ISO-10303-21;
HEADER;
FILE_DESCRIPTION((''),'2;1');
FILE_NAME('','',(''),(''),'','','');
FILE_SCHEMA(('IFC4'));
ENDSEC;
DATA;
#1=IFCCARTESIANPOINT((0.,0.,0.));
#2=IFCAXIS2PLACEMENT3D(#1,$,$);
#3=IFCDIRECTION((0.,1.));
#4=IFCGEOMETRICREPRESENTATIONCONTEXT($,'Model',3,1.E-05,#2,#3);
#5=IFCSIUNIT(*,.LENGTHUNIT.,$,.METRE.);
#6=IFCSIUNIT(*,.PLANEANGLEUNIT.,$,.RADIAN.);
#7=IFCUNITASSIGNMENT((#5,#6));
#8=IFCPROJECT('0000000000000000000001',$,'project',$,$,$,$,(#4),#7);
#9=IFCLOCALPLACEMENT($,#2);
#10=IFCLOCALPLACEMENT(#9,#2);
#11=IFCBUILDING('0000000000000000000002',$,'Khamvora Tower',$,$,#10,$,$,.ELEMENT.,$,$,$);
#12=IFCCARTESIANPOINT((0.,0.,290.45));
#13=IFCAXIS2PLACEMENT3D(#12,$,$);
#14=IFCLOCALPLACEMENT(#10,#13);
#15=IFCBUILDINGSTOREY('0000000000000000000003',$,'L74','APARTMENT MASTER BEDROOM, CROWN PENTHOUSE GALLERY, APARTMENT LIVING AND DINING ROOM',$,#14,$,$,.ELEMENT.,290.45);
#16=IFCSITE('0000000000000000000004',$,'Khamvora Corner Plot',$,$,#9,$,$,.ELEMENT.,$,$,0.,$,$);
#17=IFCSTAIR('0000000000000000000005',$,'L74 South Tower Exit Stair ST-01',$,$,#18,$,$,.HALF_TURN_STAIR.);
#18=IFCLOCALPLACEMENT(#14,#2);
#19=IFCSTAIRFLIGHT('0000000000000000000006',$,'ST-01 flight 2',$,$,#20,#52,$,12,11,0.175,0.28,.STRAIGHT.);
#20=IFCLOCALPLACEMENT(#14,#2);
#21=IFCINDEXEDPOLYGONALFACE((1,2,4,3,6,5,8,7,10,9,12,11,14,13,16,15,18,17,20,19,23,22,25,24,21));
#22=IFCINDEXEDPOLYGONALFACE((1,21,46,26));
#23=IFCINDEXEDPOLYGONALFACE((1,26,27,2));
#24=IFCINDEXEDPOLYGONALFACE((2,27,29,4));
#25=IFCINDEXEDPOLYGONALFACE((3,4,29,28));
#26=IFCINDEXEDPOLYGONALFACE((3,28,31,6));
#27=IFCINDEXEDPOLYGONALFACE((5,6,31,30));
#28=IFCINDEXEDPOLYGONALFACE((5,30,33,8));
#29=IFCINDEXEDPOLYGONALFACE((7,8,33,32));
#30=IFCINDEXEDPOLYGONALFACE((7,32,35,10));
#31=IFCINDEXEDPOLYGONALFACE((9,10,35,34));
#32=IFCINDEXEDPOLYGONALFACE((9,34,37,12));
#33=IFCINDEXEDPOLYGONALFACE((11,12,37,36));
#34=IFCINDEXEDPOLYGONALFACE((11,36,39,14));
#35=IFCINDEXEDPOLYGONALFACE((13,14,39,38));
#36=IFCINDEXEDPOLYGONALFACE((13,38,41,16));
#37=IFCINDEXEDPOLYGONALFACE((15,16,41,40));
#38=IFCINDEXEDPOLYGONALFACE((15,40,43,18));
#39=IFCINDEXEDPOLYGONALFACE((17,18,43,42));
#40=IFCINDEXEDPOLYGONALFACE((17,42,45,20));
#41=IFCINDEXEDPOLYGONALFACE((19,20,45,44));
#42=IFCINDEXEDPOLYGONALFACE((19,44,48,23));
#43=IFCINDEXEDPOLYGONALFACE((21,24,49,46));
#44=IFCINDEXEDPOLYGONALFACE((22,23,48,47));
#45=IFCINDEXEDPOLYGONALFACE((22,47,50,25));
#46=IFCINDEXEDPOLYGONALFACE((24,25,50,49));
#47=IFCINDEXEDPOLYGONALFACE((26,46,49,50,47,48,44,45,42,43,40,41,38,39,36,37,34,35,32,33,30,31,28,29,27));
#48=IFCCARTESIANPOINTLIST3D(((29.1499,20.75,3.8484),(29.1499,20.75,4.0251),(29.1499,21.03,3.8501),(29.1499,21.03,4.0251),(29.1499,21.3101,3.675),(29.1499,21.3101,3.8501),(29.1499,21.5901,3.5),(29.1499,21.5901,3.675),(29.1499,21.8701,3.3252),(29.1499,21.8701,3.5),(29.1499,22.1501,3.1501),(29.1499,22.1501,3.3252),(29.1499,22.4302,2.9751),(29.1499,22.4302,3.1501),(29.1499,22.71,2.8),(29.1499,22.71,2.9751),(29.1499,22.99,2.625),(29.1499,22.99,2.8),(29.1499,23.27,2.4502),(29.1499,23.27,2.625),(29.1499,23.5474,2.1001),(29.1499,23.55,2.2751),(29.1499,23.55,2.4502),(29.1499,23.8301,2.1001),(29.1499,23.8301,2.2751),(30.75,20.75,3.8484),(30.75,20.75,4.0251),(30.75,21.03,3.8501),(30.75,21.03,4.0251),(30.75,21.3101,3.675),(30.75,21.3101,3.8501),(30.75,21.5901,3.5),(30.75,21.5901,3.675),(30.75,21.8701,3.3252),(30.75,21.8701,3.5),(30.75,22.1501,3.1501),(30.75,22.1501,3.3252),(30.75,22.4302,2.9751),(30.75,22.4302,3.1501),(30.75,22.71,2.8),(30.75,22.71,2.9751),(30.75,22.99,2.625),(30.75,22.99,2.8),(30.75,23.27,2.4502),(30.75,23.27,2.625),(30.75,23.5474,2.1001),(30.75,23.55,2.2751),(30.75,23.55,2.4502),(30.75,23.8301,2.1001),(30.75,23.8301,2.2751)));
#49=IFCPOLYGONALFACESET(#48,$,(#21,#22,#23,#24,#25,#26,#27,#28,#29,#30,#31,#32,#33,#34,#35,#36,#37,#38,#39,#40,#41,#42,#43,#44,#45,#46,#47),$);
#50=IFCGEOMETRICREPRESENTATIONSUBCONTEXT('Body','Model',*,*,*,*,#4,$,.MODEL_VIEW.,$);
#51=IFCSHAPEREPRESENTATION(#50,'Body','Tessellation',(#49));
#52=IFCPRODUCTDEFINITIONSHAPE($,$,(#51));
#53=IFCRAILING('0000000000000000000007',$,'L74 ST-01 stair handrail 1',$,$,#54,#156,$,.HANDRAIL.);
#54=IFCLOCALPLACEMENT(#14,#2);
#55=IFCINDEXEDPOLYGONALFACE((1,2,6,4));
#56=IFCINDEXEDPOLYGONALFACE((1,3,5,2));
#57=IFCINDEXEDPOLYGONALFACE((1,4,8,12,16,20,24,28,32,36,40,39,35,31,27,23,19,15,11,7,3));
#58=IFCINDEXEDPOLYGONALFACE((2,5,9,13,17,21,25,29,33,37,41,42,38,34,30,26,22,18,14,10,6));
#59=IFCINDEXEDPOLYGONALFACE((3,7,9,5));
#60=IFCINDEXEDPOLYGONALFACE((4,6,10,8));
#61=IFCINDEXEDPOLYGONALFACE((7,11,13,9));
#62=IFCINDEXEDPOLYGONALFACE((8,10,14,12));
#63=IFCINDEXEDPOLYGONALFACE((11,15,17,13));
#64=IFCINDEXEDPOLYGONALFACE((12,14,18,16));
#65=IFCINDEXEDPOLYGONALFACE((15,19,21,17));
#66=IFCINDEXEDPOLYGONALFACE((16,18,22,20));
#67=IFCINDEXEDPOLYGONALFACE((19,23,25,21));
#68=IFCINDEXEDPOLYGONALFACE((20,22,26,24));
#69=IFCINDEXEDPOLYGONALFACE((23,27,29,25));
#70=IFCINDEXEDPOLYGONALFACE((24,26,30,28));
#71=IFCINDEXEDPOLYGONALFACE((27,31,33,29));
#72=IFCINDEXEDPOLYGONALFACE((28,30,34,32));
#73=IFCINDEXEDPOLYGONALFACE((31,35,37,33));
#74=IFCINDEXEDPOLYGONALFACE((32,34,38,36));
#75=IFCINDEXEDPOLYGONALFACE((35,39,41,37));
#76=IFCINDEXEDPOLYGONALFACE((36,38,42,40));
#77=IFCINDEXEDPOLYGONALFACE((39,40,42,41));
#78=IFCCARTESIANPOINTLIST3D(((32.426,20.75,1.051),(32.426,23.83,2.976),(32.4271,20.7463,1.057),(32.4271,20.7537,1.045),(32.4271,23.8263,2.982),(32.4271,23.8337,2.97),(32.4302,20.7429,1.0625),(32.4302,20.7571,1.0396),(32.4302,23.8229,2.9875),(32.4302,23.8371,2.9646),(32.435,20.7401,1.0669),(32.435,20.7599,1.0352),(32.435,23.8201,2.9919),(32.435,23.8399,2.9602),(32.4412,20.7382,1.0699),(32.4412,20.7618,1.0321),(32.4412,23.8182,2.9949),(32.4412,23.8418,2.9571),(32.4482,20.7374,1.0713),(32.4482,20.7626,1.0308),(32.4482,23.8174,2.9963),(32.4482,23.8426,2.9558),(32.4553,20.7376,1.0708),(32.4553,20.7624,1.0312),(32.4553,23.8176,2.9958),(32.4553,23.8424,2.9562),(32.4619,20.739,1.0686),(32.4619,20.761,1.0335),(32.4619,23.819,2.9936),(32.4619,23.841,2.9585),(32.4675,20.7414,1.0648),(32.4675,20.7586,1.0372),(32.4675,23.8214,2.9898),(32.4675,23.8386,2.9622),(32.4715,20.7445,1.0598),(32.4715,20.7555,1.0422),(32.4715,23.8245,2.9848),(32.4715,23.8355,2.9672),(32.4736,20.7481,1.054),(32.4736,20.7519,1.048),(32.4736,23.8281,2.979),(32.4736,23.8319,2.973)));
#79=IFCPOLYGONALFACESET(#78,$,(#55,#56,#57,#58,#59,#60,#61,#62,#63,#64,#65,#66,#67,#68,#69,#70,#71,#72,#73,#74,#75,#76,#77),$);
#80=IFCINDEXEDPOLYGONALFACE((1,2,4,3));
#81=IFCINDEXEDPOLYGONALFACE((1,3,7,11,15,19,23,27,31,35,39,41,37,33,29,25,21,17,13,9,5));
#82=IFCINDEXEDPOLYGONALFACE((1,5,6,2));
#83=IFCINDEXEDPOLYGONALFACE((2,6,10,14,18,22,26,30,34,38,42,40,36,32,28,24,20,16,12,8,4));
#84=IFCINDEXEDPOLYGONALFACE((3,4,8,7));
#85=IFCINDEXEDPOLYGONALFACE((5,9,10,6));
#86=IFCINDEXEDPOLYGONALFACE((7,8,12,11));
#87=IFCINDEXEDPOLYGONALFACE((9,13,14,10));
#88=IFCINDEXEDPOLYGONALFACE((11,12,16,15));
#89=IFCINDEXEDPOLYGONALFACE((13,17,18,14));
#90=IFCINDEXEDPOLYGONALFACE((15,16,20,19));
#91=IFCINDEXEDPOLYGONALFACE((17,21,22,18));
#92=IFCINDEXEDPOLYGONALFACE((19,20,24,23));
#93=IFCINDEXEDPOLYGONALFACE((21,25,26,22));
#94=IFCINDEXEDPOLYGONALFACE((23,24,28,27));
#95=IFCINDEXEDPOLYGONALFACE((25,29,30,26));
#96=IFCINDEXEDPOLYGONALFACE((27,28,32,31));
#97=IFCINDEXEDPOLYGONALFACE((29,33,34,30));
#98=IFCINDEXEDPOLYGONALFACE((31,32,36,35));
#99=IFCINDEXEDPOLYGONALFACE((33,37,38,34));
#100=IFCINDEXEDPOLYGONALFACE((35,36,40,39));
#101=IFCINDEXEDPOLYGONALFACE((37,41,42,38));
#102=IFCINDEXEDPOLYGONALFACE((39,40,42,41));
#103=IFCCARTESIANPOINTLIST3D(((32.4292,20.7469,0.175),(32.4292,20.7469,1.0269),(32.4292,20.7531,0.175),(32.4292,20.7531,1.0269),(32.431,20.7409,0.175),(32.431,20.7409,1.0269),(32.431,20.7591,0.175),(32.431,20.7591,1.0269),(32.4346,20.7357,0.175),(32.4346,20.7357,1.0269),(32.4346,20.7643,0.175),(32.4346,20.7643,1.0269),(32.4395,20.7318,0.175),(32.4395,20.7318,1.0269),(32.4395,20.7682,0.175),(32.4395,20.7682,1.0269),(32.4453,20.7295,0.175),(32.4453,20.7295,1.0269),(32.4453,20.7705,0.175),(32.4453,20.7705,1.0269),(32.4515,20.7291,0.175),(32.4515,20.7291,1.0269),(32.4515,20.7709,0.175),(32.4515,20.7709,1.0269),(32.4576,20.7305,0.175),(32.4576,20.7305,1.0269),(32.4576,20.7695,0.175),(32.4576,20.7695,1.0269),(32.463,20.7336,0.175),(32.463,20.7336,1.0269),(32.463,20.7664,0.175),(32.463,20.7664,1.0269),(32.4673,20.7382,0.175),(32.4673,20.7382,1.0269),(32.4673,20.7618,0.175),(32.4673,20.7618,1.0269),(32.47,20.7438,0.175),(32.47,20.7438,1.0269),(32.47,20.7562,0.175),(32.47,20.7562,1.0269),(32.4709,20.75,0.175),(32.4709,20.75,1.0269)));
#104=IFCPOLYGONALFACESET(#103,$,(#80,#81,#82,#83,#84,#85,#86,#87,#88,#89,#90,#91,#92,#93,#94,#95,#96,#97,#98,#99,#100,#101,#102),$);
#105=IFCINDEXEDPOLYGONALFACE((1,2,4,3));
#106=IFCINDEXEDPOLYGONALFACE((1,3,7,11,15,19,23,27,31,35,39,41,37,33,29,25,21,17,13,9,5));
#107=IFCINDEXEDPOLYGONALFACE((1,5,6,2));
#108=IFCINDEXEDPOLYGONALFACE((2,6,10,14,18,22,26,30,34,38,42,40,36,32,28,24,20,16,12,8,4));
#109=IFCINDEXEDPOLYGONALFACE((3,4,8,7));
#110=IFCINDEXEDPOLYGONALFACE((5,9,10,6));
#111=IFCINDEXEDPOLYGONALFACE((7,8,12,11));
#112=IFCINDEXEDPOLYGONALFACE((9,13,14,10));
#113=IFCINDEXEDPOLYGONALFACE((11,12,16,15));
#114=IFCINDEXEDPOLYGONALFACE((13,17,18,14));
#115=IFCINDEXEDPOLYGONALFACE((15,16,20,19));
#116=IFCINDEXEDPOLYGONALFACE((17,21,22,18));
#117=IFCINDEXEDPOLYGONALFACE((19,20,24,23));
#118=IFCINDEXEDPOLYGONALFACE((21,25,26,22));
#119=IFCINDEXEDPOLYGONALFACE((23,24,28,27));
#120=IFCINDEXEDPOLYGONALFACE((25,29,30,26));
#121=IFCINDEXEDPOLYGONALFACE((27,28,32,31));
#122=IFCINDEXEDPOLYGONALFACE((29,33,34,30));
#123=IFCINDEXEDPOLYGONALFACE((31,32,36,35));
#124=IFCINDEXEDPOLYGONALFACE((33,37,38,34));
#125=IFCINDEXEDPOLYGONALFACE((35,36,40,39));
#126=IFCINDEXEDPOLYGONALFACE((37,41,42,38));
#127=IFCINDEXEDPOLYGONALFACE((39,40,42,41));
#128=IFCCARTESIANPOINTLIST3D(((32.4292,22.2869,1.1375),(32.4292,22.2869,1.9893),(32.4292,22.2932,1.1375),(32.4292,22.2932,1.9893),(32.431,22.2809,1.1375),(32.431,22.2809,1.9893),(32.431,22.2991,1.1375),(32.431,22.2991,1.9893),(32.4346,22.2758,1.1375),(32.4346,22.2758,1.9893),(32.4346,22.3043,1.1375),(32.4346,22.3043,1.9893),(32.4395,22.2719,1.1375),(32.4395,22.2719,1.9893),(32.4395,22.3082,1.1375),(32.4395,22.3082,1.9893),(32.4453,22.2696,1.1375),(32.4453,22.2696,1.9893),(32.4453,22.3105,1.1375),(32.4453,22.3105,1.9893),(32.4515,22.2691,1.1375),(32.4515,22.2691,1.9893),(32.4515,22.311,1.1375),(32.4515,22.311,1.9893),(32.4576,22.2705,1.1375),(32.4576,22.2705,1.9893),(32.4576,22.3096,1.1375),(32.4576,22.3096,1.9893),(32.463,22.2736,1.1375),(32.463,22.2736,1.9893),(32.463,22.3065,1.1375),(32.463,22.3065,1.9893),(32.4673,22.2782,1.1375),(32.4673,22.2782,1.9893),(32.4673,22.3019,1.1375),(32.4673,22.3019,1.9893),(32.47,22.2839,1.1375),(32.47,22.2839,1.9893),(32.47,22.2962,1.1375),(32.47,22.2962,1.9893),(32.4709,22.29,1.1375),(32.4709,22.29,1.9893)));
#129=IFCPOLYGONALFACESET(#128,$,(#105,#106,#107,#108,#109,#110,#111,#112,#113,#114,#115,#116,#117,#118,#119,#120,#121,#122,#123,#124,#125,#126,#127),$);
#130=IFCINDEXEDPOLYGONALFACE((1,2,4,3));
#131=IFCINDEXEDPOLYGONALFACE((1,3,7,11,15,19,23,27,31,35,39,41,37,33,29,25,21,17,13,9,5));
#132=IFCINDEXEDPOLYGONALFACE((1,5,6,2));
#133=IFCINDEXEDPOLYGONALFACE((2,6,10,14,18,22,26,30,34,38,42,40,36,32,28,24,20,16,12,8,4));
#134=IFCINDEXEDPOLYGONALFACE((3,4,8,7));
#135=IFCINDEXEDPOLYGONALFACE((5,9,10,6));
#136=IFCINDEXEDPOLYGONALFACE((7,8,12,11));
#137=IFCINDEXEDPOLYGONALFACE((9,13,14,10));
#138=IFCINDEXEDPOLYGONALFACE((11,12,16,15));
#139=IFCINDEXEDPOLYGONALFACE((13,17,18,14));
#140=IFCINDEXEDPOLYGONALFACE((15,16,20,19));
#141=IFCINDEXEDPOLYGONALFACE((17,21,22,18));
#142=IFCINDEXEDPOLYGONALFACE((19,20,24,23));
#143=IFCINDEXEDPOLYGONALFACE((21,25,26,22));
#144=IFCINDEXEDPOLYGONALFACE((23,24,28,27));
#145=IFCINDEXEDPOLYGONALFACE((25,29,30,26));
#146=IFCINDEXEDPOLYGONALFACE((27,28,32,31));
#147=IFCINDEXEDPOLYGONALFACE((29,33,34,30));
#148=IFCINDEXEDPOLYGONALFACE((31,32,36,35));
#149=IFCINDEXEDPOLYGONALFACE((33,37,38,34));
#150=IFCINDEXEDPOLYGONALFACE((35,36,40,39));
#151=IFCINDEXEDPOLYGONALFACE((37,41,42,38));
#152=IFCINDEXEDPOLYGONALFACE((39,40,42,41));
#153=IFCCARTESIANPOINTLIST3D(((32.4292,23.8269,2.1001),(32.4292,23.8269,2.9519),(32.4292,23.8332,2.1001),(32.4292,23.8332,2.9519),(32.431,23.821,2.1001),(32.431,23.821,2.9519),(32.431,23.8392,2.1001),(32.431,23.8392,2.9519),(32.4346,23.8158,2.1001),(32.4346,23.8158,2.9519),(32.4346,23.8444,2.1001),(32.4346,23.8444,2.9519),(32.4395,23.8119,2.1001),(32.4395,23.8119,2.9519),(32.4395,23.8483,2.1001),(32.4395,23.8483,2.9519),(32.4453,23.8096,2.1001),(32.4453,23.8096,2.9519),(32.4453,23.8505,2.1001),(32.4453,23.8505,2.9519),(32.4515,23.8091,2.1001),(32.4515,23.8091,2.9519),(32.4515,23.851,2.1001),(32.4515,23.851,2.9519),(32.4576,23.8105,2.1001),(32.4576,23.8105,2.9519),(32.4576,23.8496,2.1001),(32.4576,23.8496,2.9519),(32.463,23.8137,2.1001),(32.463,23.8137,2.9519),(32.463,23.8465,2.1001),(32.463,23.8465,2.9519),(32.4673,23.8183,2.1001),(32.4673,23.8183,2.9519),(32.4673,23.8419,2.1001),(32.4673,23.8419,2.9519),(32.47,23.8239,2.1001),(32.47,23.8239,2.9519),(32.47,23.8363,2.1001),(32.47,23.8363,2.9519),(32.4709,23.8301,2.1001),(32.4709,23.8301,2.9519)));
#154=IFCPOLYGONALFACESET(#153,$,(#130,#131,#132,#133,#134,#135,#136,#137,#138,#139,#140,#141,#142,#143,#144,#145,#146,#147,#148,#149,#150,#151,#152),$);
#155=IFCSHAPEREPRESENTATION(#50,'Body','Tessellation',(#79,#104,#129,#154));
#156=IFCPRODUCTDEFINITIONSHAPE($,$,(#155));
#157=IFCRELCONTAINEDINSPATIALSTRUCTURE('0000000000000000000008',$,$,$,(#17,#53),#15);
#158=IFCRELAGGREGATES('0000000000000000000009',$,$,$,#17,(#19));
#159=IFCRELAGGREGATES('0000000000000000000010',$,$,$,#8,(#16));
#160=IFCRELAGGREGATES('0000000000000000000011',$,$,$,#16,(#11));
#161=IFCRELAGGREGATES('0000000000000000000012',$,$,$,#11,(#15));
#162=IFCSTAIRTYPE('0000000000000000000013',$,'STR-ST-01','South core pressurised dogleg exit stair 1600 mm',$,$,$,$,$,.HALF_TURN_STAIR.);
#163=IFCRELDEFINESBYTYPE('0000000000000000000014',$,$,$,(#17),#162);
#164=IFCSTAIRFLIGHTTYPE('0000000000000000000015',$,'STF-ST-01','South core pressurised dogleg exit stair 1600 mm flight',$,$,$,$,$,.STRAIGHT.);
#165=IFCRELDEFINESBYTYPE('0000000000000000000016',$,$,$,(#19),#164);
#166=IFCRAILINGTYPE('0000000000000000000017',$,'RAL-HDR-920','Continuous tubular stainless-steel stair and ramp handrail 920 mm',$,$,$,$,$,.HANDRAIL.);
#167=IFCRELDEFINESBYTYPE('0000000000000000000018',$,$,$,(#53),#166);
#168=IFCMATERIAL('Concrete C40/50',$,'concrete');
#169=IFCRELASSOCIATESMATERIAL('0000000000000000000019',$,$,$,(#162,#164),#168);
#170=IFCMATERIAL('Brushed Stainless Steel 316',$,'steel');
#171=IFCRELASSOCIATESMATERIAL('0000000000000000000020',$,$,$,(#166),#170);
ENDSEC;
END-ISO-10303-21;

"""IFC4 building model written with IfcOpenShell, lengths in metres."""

from ifc_helpers import new_model, si_unit, direction, frame, origin, origin_2d, place, context, subcontext, project, spatial, polyline, circle, outline, extrude, material, type_object, element, aggregate, save


model = new_model("IFC4")

# Units and contexts
model_context = context("Model", 3, precision=1e-05, world=origin(), true_north=direction((0.0, 1.0)))
body_context = subcontext(model_context, "Body", "Model", "MODEL_VIEW")
ifc_project = project(units=[si_unit("LENGTHUNIT", "METRE"), si_unit("PLANEANGLEUNIT", "RADIAN")], contexts=[model_context])

# Site, building, storey
site_placement = place(None, origin())
site = spatial("IfcSite", under=ifc_project, at=site_placement, Name="Khamvora Corner Plot", CompositionType="ELEMENT", RefElevation=0.0)
building_placement = place(site_placement, origin())
building = spatial("IfcBuilding", under=site, at=building_placement, Name="Khamvora Tower", CompositionType="ELEMENT")
storey_placement = place(building_placement, frame((0.0, 0.0, 290.45)))
storey = spatial("IfcBuildingStorey", under=building, at=storey_placement, Name="L74", Description="APARTMENT MASTER BEDROOM, CROWN PENTHOUSE GALLERY, APARTMENT LIVING AND DINING ROOM", CompositionType="ELEMENT", Elevation=290.45)

# Shared definitions
ifc_material_1 = material(Name="Concrete C40/50", Category="concrete")

# Stair, stair flight
stair_type = type_object("IfcStairType", Name="STR-ST-01", Description="South core pressurised dogleg exit stair 1600 mm", PredefinedType="HALF_TURN_STAIR", material=ifc_material_1)
stair_placement = place(storey_placement, origin())
stair = element("IfcStair", 1, at=stair_placement, inside=storey, type_object=stair_type, Name="L74 South Tower Exit Stair ST-01", PredefinedType="HALF_TURN_STAIR")
stair_flight_type = type_object("IfcStairFlightType", Name="STF-ST-01", Description="South core pressurised dogleg exit stair 1600 mm flight", PredefinedType="STRAIGHT", material=ifc_material_1)
stair_flight_placement = place(storey_placement, frame((29.95, 23.8301, 2.1001), z_axis=(0.0, 0.0, 1.0), x_axis=(0.0, -1.0, 0.0)))
stair_flight = element("IfcStairFlight", 2, at=stair_flight_placement, type_object=stair_flight_type, Name="ST-01 flight 2", NumberOfRisers=12, NumberOfTreads=11, PredefinedType="STRAIGHT", RiserHeight=0.175, TreadLength=0.28, context=body_context, shape_type="SweptSolid", body=[
    extrude(outline(polyline([(0.0, 0.0), (0.0, 0.175), (0.28, 0.175), (0.28, 0.3501), (0.5601, 0.3501), (0.5601, 0.5249), (0.8401, 0.5249), (0.8401, 0.7), (1.1201, 0.7), (1.1201, 0.875), (1.3999, 0.875), (1.3999, 1.05), (1.6799, 1.05), (1.6799, 1.2251), (1.96, 1.2251), (1.96, 1.3999), (2.24, 1.3999), (2.24, 1.575), (2.52, 1.575), (2.52, 1.75), (2.8, 1.75), (2.8, 1.925), (3.0801, 1.925), (3.0801, 2.1001), (3.0801, 1.7483), (0.2827, 0.0), (0.0, 0.0)])), frame((0.0, 0.8, 0.0), z_axis=(0.0, -1.0, 0.0), x_axis=(1.0, 0.0, 0.0)), (0.0, 0.0, 1.0), 1.6001),
])
aggregate(stair, [stair_flight])

# Railing
ifc_material_2 = material(Name="Brushed Stainless Steel 316", Category="steel")
railing_type_1 = type_object("IfcRailingType", Name="RAL-HDR-920", Description="Continuous tubular stainless-steel stair and ramp handrail 920 mm", PredefinedType="HANDRAIL", material=ifc_material_2)
railing_1_placement = place(storey_placement, frame((32.45, 20.75, 0.175)))
element("IfcRailing", 3, at=railing_1_placement, inside=storey, type_object=railing_type_1, Name="L74 ST-01 stair handrail 1", PredefinedType="HANDRAIL", context=body_context, shape_type="SweptSolid", body=[
    extrude(circle(Radius=0.0239, at=origin_2d()), frame((0.0, 0.0, 0.876), z_axis=(0.0, 0.847998, 0.529999), x_axis=(-1.0, 0.0, 0.0)), (0.0, 0.0, 1.0), 3.6321),
    extrude(circle(Radius=0.021, at=origin_2d()), origin(), (0.0, 0.0, 1.0), 0.8518),
    extrude(circle(Radius=0.021, at=origin_2d()), frame((0.0, 1.54, 0.9624)), (0.0, 0.0, 1.0), 0.8518),
    extrude(circle(Radius=0.021, at=origin_2d()), frame((0.0, 3.0801, 1.925)), (0.0, 0.0, 1.0), 0.8518),
])

save(model, "model.ifc")
